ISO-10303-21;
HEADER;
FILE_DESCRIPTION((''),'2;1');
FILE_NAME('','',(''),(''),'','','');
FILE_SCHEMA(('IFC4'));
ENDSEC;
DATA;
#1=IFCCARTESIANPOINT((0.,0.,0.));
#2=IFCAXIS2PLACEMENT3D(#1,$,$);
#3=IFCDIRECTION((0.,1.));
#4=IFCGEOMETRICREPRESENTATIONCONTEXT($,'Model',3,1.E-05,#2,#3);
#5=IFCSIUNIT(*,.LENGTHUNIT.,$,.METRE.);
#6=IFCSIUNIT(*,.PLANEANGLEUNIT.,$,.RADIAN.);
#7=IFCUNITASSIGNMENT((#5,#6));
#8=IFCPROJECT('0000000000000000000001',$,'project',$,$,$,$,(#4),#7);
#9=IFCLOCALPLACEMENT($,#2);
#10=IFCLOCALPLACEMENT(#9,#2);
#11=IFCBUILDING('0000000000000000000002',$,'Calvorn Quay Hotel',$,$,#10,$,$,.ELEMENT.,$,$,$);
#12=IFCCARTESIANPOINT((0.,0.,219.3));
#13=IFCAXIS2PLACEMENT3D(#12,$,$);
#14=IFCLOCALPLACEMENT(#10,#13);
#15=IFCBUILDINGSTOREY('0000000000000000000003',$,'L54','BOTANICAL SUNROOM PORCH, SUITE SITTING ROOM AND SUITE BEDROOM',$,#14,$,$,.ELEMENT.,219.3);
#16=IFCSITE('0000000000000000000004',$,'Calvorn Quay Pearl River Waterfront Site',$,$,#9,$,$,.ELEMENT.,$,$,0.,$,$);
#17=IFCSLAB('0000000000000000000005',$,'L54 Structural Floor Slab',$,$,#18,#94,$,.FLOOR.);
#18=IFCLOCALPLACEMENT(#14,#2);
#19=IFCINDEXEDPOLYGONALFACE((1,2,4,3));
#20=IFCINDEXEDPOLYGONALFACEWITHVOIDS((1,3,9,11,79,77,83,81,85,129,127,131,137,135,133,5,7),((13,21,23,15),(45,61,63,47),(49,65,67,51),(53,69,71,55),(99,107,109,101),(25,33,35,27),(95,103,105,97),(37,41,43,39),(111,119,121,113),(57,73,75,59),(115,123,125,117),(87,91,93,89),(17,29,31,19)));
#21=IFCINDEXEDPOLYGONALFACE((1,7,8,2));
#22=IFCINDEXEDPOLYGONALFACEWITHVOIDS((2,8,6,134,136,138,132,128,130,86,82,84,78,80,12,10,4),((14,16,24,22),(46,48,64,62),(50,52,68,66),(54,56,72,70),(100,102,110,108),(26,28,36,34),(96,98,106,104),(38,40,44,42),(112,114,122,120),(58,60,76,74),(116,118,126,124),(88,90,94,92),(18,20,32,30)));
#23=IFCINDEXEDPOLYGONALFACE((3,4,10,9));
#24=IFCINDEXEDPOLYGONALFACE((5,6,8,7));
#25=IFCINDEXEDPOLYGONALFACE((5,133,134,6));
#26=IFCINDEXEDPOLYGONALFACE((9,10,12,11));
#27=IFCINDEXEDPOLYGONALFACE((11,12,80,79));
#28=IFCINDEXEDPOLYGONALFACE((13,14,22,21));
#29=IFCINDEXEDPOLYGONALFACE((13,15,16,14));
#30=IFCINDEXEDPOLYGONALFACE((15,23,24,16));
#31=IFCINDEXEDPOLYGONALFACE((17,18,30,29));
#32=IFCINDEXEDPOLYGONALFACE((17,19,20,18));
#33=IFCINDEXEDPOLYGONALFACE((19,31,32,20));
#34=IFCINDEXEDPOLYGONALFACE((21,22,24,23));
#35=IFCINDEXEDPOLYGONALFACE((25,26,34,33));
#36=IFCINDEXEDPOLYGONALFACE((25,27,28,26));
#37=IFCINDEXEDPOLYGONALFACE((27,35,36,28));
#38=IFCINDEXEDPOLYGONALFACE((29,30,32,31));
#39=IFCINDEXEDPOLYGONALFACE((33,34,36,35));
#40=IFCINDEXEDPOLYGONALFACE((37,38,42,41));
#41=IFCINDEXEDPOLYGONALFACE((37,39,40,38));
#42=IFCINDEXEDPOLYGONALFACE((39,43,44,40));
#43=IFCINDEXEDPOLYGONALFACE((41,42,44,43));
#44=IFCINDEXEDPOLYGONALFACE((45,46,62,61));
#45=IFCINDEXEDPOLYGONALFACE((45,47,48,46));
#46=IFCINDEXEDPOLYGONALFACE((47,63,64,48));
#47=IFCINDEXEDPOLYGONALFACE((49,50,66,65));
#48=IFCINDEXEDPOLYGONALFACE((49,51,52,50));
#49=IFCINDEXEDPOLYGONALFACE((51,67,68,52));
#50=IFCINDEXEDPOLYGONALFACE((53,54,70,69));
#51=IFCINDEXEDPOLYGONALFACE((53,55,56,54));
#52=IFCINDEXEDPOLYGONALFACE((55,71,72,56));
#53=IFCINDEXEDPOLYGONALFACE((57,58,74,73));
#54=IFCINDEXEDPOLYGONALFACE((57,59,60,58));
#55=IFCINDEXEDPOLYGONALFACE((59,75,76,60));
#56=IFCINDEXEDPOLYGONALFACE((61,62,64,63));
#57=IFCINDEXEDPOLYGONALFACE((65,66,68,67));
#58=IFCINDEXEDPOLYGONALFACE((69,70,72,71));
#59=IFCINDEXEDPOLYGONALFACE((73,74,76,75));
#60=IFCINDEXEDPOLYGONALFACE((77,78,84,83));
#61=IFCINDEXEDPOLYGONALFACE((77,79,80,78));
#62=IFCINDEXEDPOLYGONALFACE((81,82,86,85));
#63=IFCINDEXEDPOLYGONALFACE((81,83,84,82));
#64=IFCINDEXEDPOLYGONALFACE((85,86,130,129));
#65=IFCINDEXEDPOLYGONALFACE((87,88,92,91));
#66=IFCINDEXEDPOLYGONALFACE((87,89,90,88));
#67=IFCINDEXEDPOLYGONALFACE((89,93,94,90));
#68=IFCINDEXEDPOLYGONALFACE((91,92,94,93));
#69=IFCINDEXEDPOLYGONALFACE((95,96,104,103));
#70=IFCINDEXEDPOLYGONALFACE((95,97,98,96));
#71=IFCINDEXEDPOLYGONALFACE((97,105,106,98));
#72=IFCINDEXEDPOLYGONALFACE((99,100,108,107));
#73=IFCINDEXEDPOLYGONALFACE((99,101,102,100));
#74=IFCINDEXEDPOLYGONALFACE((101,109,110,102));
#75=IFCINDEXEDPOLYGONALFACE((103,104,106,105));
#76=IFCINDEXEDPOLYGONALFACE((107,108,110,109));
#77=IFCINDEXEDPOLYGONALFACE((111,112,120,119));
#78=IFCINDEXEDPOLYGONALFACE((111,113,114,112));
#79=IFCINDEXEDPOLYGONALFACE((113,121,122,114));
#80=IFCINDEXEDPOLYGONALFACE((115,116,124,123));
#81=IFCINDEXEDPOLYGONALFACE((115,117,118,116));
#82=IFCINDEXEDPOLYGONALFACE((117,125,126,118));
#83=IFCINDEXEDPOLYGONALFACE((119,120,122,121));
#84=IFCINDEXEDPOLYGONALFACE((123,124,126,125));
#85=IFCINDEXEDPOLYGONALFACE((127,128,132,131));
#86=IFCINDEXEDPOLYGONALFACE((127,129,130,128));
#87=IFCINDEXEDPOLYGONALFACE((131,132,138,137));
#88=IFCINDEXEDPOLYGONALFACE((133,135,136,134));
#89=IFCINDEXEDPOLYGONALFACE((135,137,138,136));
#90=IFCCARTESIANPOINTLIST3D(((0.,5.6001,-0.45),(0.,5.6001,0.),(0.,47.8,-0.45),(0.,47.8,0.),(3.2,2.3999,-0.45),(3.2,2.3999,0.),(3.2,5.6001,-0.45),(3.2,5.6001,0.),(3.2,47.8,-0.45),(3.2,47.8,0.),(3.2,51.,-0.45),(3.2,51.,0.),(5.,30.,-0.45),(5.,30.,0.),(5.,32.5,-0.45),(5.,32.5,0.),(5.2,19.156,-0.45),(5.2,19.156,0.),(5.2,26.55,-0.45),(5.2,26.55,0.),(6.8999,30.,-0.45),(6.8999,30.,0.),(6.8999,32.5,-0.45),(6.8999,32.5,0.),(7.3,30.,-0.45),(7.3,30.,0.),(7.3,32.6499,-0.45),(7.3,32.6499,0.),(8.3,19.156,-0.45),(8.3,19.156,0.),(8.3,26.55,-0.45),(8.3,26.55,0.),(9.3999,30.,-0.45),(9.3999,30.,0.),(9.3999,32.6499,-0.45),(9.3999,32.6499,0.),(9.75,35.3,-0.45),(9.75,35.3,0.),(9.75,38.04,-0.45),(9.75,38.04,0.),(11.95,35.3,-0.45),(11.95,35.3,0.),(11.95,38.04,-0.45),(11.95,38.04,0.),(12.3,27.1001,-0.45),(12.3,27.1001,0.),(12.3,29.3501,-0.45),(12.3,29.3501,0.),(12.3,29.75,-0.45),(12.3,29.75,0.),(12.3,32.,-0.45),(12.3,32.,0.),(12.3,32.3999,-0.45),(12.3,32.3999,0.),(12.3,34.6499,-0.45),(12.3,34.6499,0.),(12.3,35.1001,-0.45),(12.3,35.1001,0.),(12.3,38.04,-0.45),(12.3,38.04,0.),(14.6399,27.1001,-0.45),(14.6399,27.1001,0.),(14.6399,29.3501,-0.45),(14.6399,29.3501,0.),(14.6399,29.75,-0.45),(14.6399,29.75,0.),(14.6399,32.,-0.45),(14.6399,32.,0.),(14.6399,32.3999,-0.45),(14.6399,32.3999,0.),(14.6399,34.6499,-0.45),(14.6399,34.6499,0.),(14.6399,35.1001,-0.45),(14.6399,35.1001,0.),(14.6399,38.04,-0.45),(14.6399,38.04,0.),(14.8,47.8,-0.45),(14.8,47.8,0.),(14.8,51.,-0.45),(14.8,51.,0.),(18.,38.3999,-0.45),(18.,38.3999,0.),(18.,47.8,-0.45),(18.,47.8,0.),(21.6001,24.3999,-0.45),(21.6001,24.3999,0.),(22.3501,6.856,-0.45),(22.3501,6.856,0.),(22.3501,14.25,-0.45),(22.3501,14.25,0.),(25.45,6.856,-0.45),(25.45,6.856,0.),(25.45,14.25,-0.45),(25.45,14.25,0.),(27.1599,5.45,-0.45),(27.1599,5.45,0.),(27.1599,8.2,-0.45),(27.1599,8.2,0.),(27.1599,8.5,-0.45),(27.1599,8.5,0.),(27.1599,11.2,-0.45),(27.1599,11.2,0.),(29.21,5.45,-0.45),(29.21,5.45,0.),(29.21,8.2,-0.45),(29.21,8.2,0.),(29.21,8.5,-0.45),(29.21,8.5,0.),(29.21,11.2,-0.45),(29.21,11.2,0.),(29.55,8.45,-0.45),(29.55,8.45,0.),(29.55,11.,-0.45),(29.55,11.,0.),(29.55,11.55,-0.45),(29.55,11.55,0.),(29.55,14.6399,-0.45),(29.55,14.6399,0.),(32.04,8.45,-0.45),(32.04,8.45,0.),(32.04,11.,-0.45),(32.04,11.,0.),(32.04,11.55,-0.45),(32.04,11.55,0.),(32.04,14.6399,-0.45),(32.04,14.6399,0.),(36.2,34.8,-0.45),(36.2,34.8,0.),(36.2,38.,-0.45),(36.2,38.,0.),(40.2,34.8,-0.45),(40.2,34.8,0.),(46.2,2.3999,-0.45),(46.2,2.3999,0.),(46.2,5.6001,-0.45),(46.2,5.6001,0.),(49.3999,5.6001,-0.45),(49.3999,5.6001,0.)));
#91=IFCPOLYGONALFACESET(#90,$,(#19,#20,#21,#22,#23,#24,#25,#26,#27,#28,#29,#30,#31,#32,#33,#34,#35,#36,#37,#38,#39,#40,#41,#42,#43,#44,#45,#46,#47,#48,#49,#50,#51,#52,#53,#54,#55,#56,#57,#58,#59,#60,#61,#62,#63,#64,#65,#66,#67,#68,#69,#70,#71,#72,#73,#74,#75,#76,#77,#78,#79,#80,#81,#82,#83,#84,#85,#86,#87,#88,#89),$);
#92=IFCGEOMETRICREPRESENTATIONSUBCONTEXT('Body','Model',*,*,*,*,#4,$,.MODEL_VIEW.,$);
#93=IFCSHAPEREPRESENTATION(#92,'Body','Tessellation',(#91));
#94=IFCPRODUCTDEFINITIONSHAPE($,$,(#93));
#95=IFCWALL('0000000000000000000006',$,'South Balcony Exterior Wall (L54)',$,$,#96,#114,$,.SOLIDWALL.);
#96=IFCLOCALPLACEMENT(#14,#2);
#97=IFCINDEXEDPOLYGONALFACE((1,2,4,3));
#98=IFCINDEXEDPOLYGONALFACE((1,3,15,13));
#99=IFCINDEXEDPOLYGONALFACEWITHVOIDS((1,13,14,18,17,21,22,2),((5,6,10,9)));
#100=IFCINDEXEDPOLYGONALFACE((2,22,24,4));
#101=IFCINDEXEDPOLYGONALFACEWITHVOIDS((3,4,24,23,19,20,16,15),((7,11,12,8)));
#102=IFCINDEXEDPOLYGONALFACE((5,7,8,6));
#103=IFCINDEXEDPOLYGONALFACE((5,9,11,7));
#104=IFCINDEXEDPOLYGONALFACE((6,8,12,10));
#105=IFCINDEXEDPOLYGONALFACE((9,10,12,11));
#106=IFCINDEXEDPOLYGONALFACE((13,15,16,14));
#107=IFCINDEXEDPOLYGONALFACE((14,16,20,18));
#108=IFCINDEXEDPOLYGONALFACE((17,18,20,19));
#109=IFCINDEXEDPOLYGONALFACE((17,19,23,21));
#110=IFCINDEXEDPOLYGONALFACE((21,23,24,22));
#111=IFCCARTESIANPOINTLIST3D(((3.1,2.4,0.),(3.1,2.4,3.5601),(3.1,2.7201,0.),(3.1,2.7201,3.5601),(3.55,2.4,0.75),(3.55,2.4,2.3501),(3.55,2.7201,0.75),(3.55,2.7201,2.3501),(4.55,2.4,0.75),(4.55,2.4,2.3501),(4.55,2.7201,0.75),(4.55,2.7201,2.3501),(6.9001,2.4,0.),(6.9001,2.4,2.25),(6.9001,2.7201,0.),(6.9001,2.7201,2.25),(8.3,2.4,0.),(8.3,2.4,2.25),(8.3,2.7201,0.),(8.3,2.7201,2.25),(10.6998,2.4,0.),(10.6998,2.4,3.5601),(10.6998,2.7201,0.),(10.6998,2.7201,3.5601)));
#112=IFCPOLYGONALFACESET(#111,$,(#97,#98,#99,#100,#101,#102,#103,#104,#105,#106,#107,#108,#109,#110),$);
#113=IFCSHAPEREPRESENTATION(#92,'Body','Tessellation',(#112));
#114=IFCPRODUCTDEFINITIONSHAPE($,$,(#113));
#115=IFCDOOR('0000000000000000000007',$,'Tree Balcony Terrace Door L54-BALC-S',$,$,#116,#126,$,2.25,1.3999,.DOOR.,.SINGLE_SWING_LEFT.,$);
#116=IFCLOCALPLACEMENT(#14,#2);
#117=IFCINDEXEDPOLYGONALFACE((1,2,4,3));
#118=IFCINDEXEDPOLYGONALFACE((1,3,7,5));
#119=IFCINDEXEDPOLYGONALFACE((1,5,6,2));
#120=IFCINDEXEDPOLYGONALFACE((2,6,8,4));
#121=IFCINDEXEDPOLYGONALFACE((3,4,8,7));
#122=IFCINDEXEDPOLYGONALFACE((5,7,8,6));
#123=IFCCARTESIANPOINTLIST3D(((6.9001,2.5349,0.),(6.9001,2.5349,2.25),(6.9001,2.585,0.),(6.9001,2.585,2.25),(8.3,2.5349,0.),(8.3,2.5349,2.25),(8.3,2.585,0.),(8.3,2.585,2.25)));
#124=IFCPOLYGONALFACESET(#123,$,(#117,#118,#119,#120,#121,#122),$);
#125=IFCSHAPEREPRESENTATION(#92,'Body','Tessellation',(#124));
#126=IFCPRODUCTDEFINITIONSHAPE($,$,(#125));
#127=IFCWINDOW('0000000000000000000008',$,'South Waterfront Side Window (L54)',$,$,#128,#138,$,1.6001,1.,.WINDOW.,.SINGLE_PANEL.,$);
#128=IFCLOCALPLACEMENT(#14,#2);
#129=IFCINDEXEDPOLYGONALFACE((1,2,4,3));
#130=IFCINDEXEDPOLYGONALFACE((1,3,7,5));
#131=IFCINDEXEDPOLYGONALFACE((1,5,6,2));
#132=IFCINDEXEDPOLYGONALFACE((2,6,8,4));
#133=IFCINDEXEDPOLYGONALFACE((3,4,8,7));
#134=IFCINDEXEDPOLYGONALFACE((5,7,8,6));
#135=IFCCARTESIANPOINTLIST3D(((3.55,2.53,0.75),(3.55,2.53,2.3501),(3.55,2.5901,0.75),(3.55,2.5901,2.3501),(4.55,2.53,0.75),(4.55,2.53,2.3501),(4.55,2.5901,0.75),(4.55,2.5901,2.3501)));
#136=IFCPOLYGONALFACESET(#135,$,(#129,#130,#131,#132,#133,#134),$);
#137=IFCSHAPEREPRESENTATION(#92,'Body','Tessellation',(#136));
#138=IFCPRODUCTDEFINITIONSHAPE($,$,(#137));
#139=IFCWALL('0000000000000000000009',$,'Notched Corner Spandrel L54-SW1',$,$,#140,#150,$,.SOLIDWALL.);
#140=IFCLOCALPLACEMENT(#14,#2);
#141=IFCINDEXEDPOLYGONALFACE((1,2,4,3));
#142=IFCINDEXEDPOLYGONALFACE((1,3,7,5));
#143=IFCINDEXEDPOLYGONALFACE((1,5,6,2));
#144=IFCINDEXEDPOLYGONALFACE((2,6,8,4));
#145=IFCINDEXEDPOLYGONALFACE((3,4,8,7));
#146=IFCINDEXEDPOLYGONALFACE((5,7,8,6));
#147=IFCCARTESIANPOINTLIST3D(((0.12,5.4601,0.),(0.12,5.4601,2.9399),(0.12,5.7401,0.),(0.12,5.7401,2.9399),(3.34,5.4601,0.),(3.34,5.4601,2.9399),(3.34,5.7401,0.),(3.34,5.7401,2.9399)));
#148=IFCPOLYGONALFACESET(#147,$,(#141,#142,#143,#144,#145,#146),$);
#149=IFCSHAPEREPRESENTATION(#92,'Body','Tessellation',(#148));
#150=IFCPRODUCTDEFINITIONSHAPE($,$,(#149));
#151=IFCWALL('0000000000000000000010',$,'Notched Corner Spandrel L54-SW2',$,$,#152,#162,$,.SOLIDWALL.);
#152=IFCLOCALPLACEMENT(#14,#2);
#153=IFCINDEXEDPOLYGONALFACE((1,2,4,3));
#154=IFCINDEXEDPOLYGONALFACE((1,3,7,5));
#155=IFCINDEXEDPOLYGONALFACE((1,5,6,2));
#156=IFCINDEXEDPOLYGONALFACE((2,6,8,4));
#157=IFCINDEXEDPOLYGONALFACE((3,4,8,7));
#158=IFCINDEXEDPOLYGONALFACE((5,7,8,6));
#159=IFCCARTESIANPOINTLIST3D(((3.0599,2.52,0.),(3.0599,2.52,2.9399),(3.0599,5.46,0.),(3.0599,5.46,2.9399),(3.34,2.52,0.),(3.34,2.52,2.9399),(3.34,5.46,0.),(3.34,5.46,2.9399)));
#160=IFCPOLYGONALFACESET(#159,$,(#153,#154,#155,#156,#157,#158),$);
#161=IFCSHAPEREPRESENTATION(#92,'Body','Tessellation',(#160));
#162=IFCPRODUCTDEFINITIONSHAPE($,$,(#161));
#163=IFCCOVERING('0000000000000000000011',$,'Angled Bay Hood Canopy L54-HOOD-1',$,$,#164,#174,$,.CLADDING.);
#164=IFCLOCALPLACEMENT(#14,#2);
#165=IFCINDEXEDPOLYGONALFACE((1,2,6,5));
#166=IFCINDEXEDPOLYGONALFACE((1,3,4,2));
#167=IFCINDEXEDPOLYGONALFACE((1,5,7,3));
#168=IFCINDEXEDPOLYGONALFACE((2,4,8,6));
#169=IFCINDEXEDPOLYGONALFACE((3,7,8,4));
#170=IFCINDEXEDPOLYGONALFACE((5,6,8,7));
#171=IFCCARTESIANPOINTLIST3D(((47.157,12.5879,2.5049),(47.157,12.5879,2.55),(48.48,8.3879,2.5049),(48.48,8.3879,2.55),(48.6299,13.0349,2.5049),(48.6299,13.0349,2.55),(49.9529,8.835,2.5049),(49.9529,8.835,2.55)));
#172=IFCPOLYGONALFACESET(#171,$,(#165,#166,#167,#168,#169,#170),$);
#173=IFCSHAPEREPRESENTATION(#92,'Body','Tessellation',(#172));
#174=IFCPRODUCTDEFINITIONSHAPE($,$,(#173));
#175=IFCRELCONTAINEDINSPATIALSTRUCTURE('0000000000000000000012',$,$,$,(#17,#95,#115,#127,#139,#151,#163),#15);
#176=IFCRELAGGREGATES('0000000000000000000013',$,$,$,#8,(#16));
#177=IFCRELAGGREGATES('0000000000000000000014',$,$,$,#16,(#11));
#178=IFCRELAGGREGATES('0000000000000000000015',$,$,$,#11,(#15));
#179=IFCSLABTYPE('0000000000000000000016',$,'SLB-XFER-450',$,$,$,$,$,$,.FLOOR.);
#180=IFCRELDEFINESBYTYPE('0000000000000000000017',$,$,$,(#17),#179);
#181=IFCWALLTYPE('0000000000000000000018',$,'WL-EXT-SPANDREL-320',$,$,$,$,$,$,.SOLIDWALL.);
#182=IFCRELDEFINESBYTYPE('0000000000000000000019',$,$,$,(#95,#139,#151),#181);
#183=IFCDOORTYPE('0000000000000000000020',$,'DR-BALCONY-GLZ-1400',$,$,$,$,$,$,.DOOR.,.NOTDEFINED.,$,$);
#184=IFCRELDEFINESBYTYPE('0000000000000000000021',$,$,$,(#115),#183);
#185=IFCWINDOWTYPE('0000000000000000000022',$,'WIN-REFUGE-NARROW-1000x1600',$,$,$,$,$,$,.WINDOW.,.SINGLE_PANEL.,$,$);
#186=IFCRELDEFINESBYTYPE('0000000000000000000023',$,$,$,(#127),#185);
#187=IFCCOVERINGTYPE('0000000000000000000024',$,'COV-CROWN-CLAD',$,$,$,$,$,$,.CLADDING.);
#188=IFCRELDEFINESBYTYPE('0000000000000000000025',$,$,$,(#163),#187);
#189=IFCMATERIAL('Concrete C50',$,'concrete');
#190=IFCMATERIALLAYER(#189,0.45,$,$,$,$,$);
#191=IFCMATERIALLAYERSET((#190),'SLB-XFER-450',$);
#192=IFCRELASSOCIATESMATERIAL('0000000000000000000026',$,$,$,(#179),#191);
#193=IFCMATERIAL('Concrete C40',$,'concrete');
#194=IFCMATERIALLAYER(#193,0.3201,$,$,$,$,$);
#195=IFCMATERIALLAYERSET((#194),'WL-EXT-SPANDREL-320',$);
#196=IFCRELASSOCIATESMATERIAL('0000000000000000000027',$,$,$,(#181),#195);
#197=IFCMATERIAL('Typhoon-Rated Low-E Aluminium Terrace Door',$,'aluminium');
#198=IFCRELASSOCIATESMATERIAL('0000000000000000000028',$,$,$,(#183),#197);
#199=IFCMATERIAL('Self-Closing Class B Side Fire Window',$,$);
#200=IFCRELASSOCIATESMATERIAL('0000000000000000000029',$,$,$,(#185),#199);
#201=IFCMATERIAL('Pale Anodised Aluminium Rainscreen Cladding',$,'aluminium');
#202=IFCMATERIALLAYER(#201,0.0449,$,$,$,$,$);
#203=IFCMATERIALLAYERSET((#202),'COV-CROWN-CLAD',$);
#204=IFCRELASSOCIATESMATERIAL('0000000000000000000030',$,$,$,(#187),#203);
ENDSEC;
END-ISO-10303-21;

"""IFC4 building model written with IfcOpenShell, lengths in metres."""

from ifc_helpers import new_model, si_unit, direction, frame, frame_2d, origin, place, context, subcontext, project, spatial, polyline, rectangle, outline, extrude, material, layer, layer_set, type_object, element, fill, save


model = new_model("IFC4")

# Units and contexts
model_context = context("Model", 3, precision=1e-05, world=origin(), true_north=direction((0.0, 1.0)))
body_context = subcontext(model_context, "Body", "Model", "MODEL_VIEW")
ifc_project = project(units=[si_unit("LENGTHUNIT", "METRE"), si_unit("PLANEANGLEUNIT", "RADIAN")], contexts=[model_context])

# Site, building, storey
site_placement = place(None, origin())
site = spatial("IfcSite", under=ifc_project, at=site_placement, Name="Calvorn Quay Pearl River Waterfront Site", CompositionType="ELEMENT", RefElevation=0.0)
building_placement = place(site_placement, origin())
building = spatial("IfcBuilding", under=site, at=building_placement, Name="Calvorn Quay Hotel", CompositionType="ELEMENT")
storey_placement = place(building_placement, frame((0.0, 0.0, 219.3)))
storey = spatial("IfcBuildingStorey", under=building, at=storey_placement, Name="L54", Description="BOTANICAL SUNROOM PORCH, SUITE SITTING ROOM AND SUITE BEDROOM", CompositionType="ELEMENT", Elevation=219.3)

# Slab
ifc_material_1 = material(Name="Concrete C50", Category="concrete")
ifc_layer_1 = layer(ifc_material_1, 0.45)
ifc_layer_set_1 = layer_set([ifc_layer_1], Name="SLB-XFER-450")
slab_type_1 = type_object("IfcSlabType", Name="SLB-XFER-450", PredefinedType="FLOOR", material=ifc_layer_set_1)
slab_1_placement = place(storey_placement, frame((0.0, 0.0, -0.45)))
element("IfcSlab", 1, at=slab_1_placement, inside=storey, type_object=slab_type_1, Name="L54 Structural Floor Slab", PredefinedType="FLOOR", context=body_context, shape_type="SweptSolid", body=[
    extrude(outline(polyline([(0.0, 5.6001), (3.2, 5.6001), (3.2, 2.3999), (46.2, 2.3999), (46.2, 5.6001), (49.3999, 5.6001), (40.2, 34.8), (36.2, 34.8), (36.2, 38.0), (21.6001, 24.3999), (18.0, 38.3999), (18.0, 47.8), (14.8, 47.8), (14.8, 51.0), (3.2, 51.0), (3.2, 47.8), (0.0, 47.8), (0.0, 5.6001)]), holes=[polyline([(5.2, 19.156), (8.3, 19.156), (8.3, 26.55), (5.2, 26.55), (5.2, 19.156)]), polyline([(22.3501, 6.856), (25.45, 6.856), (25.45, 14.25), (22.3501, 14.25), (22.3501, 6.856)]), polyline([(5.0, 30.0), (6.8999, 30.0), (6.8999, 32.5), (5.0, 32.5), (5.0, 30.0)]), polyline([(7.3, 30.0), (9.3999, 30.0), (9.3999, 32.6499), (7.3, 32.6499), (7.3, 30.0)]), polyline([(27.1599, 8.5), (29.21, 8.5), (29.21, 11.2), (27.1599, 11.2), (27.1599, 8.5)]), polyline([(27.1599, 5.45), (29.21, 5.45), (29.21, 8.2), (27.1599, 8.2), (27.1599, 5.45)]), polyline([(12.3, 27.1001), (14.6399, 27.1001), (14.6399, 29.3501), (12.3, 29.3501), (12.3, 27.1001)]), polyline([(12.3, 29.75), (14.6399, 29.75), (14.6399, 32.0), (12.3, 32.0), (12.3, 29.75)]), polyline([(12.3, 32.3999), (14.6399, 32.3999), (14.6399, 34.6499), (12.3, 34.6499), (12.3, 32.3999)]), polyline([(12.3, 35.1001), (14.6399, 35.1001), (14.6399, 38.04), (12.3, 38.04), (12.3, 35.1001)]), polyline([(9.75, 35.3), (11.95, 35.3), (11.95, 38.04), (9.75, 38.04), (9.75, 35.3)]), polyline([(29.55, 11.55), (32.04, 11.55), (32.04, 14.6399), (29.55, 14.6399), (29.55, 11.55)]), polyline([(29.55, 8.45), (32.04, 8.45), (32.04, 11.0), (29.55, 11.0), (29.55, 8.45)])]), origin(), (0.0, 0.0, 1.0), 0.45),
])

# Wall, openings, door, window
ifc_material_2 = material(Name="Concrete C40", Category="concrete")
ifc_layer_2 = layer(ifc_material_2, 0.3201)
ifc_layer_set_2 = layer_set([ifc_layer_2], Name="WL-EXT-SPANDREL-320")
wall_type = type_object("IfcWallType", Name="WL-EXT-SPANDREL-320", PredefinedType="SOLIDWALL", material=ifc_layer_set_2)
wall_1_placement = place(storey_placement, frame((3.1001, 2.5601, 0.0), z_axis=(0.0, 0.0, 1.0), x_axis=(1.0, 0.0, 0.0)))
wall_1 = element("IfcWall", 2, at=wall_1_placement, inside=storey, type_object=wall_type, Name="South Balcony Exterior Wall (L54)", PredefinedType="SOLIDWALL", context=body_context, shape_type="SweptSolid", body=[
    extrude(rectangle(XDim=7.5999, YDim=0.3201, at=frame_2d((3.7998, 0.0))), origin(), (0.0, 0.0, 1.0), 3.5601),
])
opening_1_placement = place(wall_1_placement, frame((0.45, 0.0, 0.75)))
opening_1 = element("IfcOpeningElement", 3, at=opening_1_placement, cuts=wall_1, PredefinedType="OPENING", context=body_context, shape_type="SweptSolid", body=[
    extrude(rectangle(XDim=1.0, YDim=1.6001, at=frame_2d((0.5, 0.8))), frame((0.0, 0.1699, 0.0), z_axis=(0.0, -1.0, 0.0), x_axis=(1.0, 0.0, 0.0)), (0.0, 0.0, 1.0), 0.3401),
])
opening_2_placement = place(wall_1_placement, frame((3.8, 0.0, 0.0)))
opening_2 = element("IfcOpeningElement", 4, at=opening_2_placement, cuts=wall_1, PredefinedType="OPENING", context=body_context, shape_type="SweptSolid", body=[
    extrude(rectangle(XDim=1.3999, YDim=2.25, at=frame_2d((0.7, 1.125))), frame((0.0, 0.1699, 0.0), z_axis=(0.0, -1.0, 0.0), x_axis=(1.0, 0.0, 0.0)), (0.0, 0.0, 1.0), 0.3401),
])
ifc_material_3 = material(Name="Typhoon-Rated Low-E Aluminium Terrace Door", Category="aluminium")
door_type = type_object("IfcDoorType", Name="DR-BALCONY-GLZ-1400", OperationType="NOTDEFINED", PredefinedType="DOOR", material=ifc_material_3)
door_placement = place(opening_2_placement, origin())
door = element("IfcDoor", 5, at=door_placement, inside=storey, type_object=door_type, Name="Tree Balcony Terrace Door L54-BALC-S", OperationType="SINGLE_SWING_LEFT", OverallHeight=2.25, OverallWidth=1.3999, PredefinedType="DOOR", context=body_context, shape_type="SweptSolid", body=[
    extrude(rectangle(XDim=1.3999, YDim=2.25, at=frame_2d((0.7, 1.125))), frame((0.0, 0.0249, 0.0), z_axis=(0.0, -1.0, 0.0), x_axis=(1.0, 0.0, 0.0)), (0.0, 0.0, 1.0), 0.05),
])
fill(opening_2, door)
ifc_material_4 = material(Name="Self-Closing Class B Side Fire Window")
window_type = type_object("IfcWindowType", Name="WIN-REFUGE-NARROW-1000x1600", PartitioningType="SINGLE_PANEL", PredefinedType="WINDOW", material=ifc_material_4)
window_placement = place(opening_1_placement, origin())
window = element("IfcWindow", 6, at=window_placement, inside=storey, type_object=window_type, Name="South Waterfront Side Window (L54)", OverallHeight=1.6001, OverallWidth=1.0, PartitioningType="SINGLE_PANEL", PredefinedType="WINDOW", context=body_context, shape_type="SweptSolid", body=[
    extrude(rectangle(XDim=1.0, YDim=1.6001, at=frame_2d((0.5, 0.8))), frame((0.0, 0.03, 0.0), z_axis=(0.0, -1.0, 0.0), x_axis=(1.0, 0.0, 0.0)), (0.0, 0.0, 1.0), 0.0601),
])
fill(opening_1, window)

# Walls
wall_2_placement = place(storey_placement, frame((0.1201, 5.6001, 0.0), z_axis=(0.0, 0.0, 1.0), x_axis=(1.0, 0.0, 0.0)))
element("IfcWall", 7, at=wall_2_placement, inside=storey, type_object=wall_type, Name="Notched Corner Spandrel L54-SW1", PredefinedType="SOLIDWALL", context=body_context, shape_type="SweptSolid", body=[
    extrude(rectangle(XDim=3.22, YDim=0.28, at=frame_2d((1.6099, 0.0))), origin(), (0.0, 0.0, 1.0), 2.9399),
])
wall_3_placement = place(storey_placement, frame((3.2, 5.46, 0.0), z_axis=(0.0, 0.0, 1.0), x_axis=(0.0, -1.0, 0.0)))
element("IfcWall", 8, at=wall_3_placement, inside=storey, type_object=wall_type, Name="Notched Corner Spandrel L54-SW2", PredefinedType="SOLIDWALL", context=body_context, shape_type="SweptSolid", body=[
    extrude(rectangle(XDim=2.9399, YDim=0.28, at=frame_2d((1.47, 0.0))), origin(), (0.0, 0.0, 1.0), 2.9399),
])

# Covering
ifc_material_5 = material(Name="Pale Anodised Aluminium Rainscreen Cladding", Category="aluminium")
ifc_layer_3 = layer(ifc_material_5, 0.0449)
ifc_layer_set_3 = layer_set([ifc_layer_3], Name="COV-CROWN-CLAD")
covering_type_1 = type_object("IfcCoveringType", Name="COV-CROWN-CLAD", PredefinedType="CLADDING", material=ifc_layer_set_3)
covering_1_placement = place(storey_placement, frame((0.0, 0.0, 2.5049)))
element("IfcCovering", 9, at=covering_1_placement, inside=storey, type_object=covering_type_1, Name="Angled Bay Hood Canopy L54-HOOD-1", PredefinedType="CLADDING", context=body_context, shape_type="SweptSolid", body=[
    extrude(outline(polyline([(47.157, 12.5879), (48.6299, 13.0349), (49.9529, 8.835), (48.48, 8.3879), (47.157, 12.5879)])), origin(), (0.0, 0.0, 1.0), 0.0452),
])

save(model, "model.ifc")
